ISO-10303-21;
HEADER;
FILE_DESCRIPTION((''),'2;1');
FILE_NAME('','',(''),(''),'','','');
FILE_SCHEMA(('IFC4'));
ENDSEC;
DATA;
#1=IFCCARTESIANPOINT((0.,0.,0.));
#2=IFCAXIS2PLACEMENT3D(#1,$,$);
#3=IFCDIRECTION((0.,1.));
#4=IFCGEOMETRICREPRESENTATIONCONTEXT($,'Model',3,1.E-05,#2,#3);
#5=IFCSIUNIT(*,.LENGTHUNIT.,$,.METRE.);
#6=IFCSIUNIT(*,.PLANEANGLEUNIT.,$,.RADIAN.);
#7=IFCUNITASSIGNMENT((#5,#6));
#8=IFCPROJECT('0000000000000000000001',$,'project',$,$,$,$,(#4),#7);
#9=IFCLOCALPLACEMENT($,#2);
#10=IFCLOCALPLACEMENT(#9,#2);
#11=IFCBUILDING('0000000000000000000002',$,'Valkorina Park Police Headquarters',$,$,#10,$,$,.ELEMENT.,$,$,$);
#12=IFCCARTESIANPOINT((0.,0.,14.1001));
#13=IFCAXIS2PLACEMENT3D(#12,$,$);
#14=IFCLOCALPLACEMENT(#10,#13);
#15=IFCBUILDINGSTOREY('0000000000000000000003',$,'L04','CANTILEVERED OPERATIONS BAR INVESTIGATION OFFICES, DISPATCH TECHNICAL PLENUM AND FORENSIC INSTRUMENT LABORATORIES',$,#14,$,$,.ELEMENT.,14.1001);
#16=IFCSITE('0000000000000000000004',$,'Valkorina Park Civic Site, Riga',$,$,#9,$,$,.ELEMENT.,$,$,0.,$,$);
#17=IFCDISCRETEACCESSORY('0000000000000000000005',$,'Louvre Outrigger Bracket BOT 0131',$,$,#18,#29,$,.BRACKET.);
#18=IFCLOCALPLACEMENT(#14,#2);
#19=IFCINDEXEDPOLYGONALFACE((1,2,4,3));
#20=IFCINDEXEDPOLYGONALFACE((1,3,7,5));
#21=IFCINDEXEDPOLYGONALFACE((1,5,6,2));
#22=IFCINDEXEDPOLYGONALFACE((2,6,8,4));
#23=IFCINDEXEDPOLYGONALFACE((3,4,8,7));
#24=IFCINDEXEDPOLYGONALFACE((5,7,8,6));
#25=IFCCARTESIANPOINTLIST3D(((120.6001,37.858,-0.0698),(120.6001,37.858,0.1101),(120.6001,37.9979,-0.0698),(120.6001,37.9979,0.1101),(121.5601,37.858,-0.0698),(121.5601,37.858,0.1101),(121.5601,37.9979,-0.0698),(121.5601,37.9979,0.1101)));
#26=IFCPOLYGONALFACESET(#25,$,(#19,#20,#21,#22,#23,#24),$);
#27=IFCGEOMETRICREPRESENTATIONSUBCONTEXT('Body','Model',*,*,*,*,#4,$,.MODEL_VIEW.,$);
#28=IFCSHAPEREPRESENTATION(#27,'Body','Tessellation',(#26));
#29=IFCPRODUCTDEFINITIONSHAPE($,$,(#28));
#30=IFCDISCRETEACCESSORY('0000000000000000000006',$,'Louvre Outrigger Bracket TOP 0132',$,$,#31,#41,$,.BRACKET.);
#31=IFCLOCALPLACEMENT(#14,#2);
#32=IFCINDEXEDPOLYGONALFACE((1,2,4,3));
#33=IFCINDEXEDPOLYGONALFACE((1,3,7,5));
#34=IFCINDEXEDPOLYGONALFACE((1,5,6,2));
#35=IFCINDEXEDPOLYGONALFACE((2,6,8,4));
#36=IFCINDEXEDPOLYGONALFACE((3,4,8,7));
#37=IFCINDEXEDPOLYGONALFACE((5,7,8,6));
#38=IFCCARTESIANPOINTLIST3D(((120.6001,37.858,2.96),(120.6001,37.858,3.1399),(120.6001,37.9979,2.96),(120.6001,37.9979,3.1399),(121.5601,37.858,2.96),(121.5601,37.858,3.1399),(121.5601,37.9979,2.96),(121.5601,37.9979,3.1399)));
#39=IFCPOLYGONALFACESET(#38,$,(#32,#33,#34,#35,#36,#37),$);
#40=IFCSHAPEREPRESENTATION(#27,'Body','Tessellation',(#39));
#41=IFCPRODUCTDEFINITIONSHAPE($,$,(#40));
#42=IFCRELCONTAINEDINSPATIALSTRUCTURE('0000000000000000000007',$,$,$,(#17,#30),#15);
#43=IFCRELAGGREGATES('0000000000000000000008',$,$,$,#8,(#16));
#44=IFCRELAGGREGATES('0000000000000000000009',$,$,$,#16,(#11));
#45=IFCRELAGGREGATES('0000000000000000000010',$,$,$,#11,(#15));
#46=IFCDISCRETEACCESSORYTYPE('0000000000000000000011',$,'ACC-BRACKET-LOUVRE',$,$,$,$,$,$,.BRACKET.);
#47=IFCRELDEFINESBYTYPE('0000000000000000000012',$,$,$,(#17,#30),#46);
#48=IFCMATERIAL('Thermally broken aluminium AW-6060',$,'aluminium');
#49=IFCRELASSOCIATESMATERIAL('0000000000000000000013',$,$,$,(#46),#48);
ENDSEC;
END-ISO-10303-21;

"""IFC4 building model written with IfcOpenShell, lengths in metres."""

from ifc_helpers import new_model, si_unit, direction, frame, origin, origin_2d, place, context, subcontext, project, spatial, rectangle, extrude, material, type_object, element, save


model = new_model("IFC4")

# Units and contexts
model_context = context("Model", 3, precision=1e-05, world=origin(), true_north=direction((0.0, 1.0)))
body_context = subcontext(model_context, "Body", "Model", "MODEL_VIEW")
ifc_project = project(units=[si_unit("LENGTHUNIT", "METRE"), si_unit("PLANEANGLEUNIT", "RADIAN")], contexts=[model_context])

# Site, building, storey
site_placement = place(None, origin())
site = spatial("IfcSite", under=ifc_project, at=site_placement, Name="Valkorina Park Civic Site, Riga", CompositionType="ELEMENT", RefElevation=0.0)
building_placement = place(site_placement, origin())
building = spatial("IfcBuilding", under=site, at=building_placement, Name="Valkorina Park Police Headquarters", CompositionType="ELEMENT")
storey_placement = place(building_placement, frame((0.0, 0.0, 14.1001)))
storey = spatial("IfcBuildingStorey", under=building, at=storey_placement, Name="L04", Description="CANTILEVERED OPERATIONS BAR INVESTIGATION OFFICES, DISPATCH TECHNICAL PLENUM AND FORENSIC INSTRUMENT LABORATORIES", CompositionType="ELEMENT", Elevation=14.1001)

# Shared definitions
ifc_material_1 = material(Name="Thermally broken aluminium AW-6060", Category="aluminium")

# Discrete accessories
discrete_accessory_type = type_object("IfcDiscreteAccessoryType", Name="ACC-BRACKET-LOUVRE", PredefinedType="BRACKET", material=ifc_material_1)
for number, where, z_axis, x_axis, name in (
    (1, (121.0801, 37.928, -0.0698), (0.0, 0.0, 1.0), (1.0, 0.0, 0.0), "Louvre Outrigger Bracket BOT 0131"),
    (2, (121.0801, 37.928, 2.96), (0.0, 0.0, 1.0), (1.0, 0.0, 0.0), "Louvre Outrigger Bracket TOP 0132"),
):
    element("IfcDiscreteAccessory", number, at=place(storey_placement, frame(where, z_axis=z_axis, x_axis=x_axis)), inside=storey, type_object=discrete_accessory_type, Name=name, PredefinedType="BRACKET", context=body_context, shape_type="SweptSolid", body=[
        extrude(rectangle(XDim=0.96, YDim=0.1399, at=origin_2d()), origin(), (0.0, 0.0, 1.0), 0.1799),
    ])

save(model, "model.ifc")
